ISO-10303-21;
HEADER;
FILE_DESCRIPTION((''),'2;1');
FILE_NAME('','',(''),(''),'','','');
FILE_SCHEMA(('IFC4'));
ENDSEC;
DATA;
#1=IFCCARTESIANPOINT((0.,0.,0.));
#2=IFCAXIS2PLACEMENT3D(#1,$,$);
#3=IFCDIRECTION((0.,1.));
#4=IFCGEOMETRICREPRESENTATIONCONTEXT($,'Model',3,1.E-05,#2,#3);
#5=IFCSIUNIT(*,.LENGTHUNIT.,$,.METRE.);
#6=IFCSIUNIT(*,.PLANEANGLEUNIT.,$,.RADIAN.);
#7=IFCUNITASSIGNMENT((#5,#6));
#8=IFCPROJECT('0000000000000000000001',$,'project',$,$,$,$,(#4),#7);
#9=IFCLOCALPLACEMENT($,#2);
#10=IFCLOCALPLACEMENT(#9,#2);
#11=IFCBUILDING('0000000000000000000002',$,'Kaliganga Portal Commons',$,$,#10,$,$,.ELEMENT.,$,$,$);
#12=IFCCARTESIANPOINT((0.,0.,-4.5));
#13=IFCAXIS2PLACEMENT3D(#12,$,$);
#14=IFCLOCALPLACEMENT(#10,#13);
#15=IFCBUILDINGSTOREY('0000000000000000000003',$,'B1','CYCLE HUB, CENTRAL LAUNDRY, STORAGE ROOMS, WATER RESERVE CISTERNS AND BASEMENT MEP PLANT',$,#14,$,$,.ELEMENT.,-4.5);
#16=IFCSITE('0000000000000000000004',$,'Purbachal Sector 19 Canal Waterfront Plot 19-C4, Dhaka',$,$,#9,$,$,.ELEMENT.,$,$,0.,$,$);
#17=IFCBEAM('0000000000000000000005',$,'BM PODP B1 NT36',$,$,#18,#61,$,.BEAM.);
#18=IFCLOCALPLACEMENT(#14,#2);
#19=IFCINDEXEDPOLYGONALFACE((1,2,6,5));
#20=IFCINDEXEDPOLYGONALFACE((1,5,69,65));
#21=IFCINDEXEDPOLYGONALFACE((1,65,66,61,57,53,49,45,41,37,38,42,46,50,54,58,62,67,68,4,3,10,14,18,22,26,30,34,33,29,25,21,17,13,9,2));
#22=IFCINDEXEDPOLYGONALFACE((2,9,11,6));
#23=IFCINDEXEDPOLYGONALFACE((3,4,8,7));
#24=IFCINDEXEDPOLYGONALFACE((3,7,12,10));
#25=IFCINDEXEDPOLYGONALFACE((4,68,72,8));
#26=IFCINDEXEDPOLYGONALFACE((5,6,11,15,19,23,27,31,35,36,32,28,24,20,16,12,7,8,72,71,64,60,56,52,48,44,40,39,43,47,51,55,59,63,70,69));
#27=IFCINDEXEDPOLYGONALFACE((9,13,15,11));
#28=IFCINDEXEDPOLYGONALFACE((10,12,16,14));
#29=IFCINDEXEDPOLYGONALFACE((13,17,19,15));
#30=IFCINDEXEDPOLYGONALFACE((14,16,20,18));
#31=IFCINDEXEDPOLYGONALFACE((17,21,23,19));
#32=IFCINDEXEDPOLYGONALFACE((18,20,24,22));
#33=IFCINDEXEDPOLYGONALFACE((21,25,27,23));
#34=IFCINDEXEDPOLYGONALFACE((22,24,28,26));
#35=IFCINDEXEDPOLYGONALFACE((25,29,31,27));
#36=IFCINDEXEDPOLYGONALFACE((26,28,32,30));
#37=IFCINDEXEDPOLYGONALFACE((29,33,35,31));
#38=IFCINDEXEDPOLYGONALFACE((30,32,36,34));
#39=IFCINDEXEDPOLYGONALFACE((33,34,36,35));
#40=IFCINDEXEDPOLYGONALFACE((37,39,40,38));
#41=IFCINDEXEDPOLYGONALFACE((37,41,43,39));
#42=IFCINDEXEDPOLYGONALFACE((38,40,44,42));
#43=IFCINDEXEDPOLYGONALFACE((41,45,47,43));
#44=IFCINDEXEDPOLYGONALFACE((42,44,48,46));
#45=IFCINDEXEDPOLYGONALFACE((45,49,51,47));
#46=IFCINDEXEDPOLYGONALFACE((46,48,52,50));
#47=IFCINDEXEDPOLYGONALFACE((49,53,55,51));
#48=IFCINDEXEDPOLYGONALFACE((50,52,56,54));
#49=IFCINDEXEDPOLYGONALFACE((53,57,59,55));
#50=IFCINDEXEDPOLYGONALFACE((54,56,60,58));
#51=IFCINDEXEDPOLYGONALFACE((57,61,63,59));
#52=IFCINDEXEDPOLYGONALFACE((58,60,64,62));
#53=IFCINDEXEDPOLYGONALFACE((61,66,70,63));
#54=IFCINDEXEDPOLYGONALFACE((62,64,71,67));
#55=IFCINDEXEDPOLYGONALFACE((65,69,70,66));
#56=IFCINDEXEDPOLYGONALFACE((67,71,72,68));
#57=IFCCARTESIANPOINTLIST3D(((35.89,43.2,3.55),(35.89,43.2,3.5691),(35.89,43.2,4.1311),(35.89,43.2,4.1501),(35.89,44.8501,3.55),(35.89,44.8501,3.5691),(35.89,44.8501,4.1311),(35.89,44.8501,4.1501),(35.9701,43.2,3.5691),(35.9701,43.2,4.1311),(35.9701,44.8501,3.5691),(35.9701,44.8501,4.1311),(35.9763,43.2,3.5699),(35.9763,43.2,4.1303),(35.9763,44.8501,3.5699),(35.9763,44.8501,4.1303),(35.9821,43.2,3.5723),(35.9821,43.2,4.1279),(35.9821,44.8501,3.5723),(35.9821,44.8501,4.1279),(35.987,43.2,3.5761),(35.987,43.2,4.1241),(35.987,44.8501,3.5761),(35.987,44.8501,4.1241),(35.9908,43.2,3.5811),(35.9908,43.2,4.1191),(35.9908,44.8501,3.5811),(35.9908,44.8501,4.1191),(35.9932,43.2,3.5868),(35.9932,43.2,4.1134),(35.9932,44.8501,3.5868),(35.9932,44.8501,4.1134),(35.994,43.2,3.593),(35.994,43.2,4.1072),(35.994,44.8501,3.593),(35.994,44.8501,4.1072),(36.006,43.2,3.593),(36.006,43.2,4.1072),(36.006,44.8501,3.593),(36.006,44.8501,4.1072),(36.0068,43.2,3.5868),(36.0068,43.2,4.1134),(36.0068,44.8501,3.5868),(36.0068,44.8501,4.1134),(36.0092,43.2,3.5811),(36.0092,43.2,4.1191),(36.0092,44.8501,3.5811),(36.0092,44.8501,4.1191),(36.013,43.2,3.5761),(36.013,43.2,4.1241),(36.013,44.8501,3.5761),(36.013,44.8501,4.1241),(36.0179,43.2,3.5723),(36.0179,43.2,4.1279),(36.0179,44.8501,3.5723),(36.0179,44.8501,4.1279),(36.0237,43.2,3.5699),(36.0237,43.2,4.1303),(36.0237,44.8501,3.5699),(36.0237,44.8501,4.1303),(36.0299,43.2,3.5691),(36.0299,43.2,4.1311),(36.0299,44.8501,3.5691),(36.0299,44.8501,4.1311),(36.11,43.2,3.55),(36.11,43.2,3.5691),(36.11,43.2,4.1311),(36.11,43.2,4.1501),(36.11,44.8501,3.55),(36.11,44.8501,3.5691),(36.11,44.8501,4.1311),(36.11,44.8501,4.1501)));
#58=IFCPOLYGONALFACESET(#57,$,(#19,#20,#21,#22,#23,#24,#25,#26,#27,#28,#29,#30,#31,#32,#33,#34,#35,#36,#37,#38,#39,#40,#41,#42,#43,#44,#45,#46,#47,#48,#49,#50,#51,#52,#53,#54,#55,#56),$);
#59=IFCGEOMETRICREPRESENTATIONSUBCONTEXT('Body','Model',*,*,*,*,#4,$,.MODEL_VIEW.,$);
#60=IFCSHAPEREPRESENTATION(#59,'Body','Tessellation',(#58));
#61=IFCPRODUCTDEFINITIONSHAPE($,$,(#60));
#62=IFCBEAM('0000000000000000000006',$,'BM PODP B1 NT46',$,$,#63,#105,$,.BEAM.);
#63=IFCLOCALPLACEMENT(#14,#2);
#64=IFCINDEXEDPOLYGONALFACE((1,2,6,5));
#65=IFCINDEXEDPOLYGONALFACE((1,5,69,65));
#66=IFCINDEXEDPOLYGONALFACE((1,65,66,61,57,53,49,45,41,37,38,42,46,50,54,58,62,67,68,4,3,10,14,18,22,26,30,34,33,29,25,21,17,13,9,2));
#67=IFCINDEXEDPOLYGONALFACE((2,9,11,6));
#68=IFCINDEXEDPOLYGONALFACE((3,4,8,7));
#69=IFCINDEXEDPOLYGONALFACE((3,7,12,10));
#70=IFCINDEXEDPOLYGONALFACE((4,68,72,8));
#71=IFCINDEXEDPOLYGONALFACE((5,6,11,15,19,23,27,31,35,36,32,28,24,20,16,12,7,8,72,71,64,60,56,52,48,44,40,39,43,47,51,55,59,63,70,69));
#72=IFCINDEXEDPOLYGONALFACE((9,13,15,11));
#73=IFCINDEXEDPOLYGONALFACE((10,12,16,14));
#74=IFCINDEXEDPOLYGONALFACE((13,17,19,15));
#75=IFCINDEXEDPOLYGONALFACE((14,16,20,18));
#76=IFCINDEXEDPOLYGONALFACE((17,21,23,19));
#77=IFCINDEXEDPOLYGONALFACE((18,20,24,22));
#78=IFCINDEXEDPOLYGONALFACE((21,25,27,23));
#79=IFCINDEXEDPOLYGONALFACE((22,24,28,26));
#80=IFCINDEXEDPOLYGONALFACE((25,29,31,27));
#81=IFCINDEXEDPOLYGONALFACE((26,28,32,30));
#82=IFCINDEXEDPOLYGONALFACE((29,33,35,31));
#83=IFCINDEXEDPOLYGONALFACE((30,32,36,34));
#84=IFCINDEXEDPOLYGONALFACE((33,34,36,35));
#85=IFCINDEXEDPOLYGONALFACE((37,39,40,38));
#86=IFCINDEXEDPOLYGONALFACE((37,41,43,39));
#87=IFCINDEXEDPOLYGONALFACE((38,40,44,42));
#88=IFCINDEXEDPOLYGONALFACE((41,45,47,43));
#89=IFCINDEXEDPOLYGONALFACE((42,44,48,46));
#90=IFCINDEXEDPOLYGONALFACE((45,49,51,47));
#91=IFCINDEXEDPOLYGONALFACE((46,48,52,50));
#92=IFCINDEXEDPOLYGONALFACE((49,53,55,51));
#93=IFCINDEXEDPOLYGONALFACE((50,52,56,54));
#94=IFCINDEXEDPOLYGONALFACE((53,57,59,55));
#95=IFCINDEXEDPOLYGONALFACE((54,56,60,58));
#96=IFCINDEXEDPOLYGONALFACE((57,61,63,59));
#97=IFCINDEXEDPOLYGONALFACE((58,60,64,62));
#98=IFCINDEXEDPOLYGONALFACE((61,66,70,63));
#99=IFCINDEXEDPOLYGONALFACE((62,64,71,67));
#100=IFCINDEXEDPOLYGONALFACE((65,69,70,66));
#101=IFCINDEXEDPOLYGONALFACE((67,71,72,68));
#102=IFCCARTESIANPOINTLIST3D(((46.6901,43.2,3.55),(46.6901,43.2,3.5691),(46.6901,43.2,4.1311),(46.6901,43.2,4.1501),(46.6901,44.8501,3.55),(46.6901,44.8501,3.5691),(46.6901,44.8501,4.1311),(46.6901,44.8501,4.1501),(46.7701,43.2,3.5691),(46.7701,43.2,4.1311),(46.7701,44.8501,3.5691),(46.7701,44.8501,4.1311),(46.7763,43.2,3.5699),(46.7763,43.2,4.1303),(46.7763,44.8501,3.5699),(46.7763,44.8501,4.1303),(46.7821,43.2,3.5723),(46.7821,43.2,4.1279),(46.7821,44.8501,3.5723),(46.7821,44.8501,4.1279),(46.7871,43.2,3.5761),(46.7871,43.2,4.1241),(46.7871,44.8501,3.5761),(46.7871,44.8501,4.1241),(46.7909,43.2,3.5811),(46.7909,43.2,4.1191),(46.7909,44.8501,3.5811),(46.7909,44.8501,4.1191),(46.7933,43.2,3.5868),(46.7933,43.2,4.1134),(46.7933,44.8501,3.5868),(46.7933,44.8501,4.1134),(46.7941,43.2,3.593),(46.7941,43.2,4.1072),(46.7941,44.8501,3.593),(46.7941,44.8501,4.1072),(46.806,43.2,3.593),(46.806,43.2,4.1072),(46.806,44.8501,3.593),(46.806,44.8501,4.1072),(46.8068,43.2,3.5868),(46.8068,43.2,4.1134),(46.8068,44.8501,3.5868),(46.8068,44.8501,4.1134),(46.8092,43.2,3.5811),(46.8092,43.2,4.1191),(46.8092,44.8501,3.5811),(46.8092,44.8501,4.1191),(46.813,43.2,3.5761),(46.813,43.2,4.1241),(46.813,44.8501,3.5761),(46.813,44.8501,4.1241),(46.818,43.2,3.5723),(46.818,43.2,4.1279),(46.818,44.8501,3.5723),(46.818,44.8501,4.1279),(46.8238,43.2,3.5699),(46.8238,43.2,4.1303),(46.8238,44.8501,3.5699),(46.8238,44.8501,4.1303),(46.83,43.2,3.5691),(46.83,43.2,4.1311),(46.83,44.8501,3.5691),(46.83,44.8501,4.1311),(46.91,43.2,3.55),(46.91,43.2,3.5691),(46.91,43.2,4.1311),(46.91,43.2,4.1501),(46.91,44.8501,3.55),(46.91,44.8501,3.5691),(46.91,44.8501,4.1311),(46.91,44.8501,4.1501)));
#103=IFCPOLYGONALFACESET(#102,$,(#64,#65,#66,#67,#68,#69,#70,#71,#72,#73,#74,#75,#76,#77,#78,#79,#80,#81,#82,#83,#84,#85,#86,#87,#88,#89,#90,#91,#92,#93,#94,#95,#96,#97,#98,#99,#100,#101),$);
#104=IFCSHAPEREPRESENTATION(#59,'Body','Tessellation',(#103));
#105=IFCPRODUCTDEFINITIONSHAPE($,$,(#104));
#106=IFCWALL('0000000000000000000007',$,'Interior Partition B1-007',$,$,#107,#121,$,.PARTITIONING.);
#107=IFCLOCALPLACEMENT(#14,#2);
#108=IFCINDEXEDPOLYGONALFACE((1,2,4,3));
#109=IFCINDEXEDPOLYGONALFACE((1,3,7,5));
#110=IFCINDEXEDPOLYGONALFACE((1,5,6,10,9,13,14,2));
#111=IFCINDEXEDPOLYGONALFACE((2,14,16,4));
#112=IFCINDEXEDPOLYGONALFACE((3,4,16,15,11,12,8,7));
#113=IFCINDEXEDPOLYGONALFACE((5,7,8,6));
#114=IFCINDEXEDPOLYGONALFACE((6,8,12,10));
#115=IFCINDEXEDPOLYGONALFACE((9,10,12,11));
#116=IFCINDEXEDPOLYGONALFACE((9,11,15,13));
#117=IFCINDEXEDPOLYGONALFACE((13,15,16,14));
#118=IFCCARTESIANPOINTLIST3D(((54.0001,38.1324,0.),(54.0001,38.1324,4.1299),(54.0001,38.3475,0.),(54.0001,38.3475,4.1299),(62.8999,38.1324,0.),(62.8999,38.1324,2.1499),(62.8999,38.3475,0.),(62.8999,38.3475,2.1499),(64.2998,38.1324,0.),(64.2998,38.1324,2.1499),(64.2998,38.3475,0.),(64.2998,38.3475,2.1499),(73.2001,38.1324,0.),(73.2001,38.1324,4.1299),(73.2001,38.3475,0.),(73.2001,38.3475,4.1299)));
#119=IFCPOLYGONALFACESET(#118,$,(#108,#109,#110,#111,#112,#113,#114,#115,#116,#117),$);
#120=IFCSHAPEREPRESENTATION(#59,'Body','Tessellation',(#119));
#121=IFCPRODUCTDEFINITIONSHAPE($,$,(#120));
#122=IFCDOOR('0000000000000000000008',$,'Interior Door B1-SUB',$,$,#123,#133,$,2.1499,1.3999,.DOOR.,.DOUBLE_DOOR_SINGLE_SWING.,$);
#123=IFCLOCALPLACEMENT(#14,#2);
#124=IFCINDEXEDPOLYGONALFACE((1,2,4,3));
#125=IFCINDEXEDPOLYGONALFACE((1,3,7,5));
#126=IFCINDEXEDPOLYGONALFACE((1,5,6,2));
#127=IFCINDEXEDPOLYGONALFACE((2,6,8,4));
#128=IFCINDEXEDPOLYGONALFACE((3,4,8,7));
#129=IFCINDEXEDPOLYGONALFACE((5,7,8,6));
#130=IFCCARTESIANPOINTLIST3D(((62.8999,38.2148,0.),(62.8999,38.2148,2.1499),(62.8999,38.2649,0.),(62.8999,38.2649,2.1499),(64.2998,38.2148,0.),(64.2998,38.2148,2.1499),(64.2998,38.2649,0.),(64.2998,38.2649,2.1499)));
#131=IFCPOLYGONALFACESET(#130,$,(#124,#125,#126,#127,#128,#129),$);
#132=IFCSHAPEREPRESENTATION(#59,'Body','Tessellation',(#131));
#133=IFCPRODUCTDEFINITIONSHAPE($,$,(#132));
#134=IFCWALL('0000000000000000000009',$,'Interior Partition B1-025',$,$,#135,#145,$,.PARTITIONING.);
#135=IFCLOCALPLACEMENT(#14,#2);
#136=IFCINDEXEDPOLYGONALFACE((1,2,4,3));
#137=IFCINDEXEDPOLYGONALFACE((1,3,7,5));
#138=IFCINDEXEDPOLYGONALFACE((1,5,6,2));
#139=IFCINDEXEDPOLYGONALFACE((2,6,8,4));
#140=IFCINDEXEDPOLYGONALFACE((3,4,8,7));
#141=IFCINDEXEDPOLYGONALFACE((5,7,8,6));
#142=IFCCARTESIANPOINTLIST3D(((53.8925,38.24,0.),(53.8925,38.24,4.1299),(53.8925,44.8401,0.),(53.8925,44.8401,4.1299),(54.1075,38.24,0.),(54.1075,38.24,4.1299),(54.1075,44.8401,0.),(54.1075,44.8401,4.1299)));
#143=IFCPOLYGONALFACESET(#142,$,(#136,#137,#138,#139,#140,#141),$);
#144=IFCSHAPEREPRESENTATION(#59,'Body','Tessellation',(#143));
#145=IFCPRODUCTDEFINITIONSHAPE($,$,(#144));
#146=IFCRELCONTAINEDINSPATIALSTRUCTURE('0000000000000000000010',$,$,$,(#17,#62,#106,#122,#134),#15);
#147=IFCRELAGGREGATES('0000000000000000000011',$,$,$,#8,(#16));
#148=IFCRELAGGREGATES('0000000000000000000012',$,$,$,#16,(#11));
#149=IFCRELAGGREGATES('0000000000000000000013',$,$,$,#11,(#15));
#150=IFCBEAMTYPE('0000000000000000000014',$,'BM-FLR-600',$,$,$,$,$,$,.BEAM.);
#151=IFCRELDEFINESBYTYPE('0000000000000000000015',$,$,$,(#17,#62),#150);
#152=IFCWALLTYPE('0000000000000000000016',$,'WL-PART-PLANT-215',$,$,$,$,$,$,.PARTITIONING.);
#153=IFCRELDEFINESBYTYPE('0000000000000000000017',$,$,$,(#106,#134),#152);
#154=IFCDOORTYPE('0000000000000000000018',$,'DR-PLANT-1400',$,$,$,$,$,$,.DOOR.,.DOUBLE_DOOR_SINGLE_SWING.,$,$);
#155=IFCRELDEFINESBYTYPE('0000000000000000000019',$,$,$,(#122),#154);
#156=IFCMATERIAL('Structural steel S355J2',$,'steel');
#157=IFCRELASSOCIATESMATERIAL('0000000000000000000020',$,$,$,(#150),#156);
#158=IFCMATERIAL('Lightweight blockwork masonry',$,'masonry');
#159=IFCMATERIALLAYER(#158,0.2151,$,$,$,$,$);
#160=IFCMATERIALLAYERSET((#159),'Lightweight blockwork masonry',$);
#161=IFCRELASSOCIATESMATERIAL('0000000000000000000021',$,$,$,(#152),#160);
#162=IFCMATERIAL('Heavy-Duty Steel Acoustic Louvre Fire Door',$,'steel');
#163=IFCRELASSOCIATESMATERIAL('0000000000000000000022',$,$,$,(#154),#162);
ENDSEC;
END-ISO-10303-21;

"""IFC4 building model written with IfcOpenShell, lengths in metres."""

from ifc_helpers import new_model, si_unit, direction, frame, frame_2d, origin, origin_2d, place, context, subcontext, project, spatial, rectangle, i_section, extrude, source, transform, mapped, material, layer, layer_set, material_profile, profile_set, type_object, element, fill, save


model = new_model("IFC4")

# Units and contexts
model_context = context("Model", 3, precision=1e-05, world=origin(), true_north=direction((0.0, 1.0)))
body_context = subcontext(model_context, "Body", "Model", "MODEL_VIEW")
ifc_project = project(units=[si_unit("LENGTHUNIT", "METRE"), si_unit("PLANEANGLEUNIT", "RADIAN")], contexts=[model_context])

# Site, building, storey
site_placement = place(None, origin())
site = spatial("IfcSite", under=ifc_project, at=site_placement, Name="Purbachal Sector 19 Canal Waterfront Plot 19-C4, Dhaka", CompositionType="ELEMENT", RefElevation=0.0)
building_placement = place(site_placement, origin())
building = spatial("IfcBuilding", under=site, at=building_placement, Name="Kaliganga Portal Commons", CompositionType="ELEMENT")
storey_placement = place(building_placement, frame((0.0, 0.0, -4.5)))
storey = spatial("IfcBuildingStorey", under=building, at=storey_placement, Name="B1", Description="CYCLE HUB, CENTRAL LAUNDRY, STORAGE ROOMS, WATER RESERVE CISTERNS AND BASEMENT MEP PLANT", CompositionType="ELEMENT", Elevation=-4.5)

# Beams
ifc_material_1 = material(Name="Structural steel S355J2", Category="steel")
ifc_material_profile_1 = material_profile(ifc_material_1, i_section(OverallWidth=0.22, OverallDepth=0.6001, WebThickness=0.012, FlangeThickness=0.019, FilletRadius=0.0239, at=origin_2d()), Name="IPE 600")
ifc_profile_set_1 = profile_set([ifc_material_profile_1], Name="Structural steel S355J2 wide-flange")
beam_type_1 = type_object("IfcBeamType", Name="BM-FLR-600", PredefinedType="BEAM", material=ifc_profile_set_1)
shared_shape_1 = source(origin(), body_context, "Body", "SweptSolid", [
    extrude(i_section(OverallWidth=0.22, OverallDepth=0.6001, WebThickness=0.012, FlangeThickness=0.019, FilletRadius=0.0239, at=origin_2d()), origin(), (0.0, 0.0, 1.0), 1.6501),
])
for number, where, z_axis, x_axis, name in (
    (1, (36.0, 43.2, 3.8501), (0.0, 1.0, 0.0), (-1.0, 0.0, 0.0), "BM PODP B1 NT36"),
    (2, (46.8, 43.2, 3.8501), (0.0, 1.0, 0.0), (-1.0, 0.0, 0.0), "BM PODP B1 NT46"),
):
    element("IfcBeam", number, at=place(storey_placement, frame(where, z_axis=z_axis, x_axis=x_axis)), inside=storey, type_object=beam_type_1, Name=name, PredefinedType="BEAM", context=body_context, shape_type="MappedRepresentation", body=[
        mapped(shared_shape_1, transform((0.0, 0.0, 0.0), x_axis=(1.0, 0.0, 0.0), y_axis=(0.0, 1.0, 0.0), z_axis=(0.0, 0.0, 1.0), scale=1.0)),
    ])

# Wall, opening, door
ifc_material_2 = material(Name="Lightweight blockwork masonry", Category="masonry")
ifc_layer = layer(ifc_material_2, 0.2151)
ifc_layer_set = layer_set([ifc_layer], Name="Lightweight blockwork masonry")
wall_type = type_object("IfcWallType", Name="WL-PART-PLANT-215", PredefinedType="PARTITIONING", material=ifc_layer_set)
wall_1_placement = place(storey_placement, frame((54.0, 38.24, 0.0), z_axis=(0.0, 0.0, 1.0), x_axis=(1.0, 0.0, 0.0)))
wall_1 = element("IfcWall", 3, at=wall_1_placement, inside=storey, type_object=wall_type, Name="Interior Partition B1-007", PredefinedType="PARTITIONING", context=body_context, shape_type="SweptSolid", body=[
    extrude(rectangle(XDim=19.2, YDim=0.2151, at=frame_2d((9.6001, 0.0))), origin(), (0.0, 0.0, 1.0), 4.1299),
])
opening_placement = place(wall_1_placement, frame((8.8999, 0.0, 0.0)))
opening = element("IfcOpeningElement", 4, at=opening_placement, cuts=wall_1, PredefinedType="OPENING", context=body_context, shape_type="SweptSolid", body=[
    extrude(rectangle(XDim=1.3999, YDim=2.1499, at=frame_2d((0.7, 1.075))), frame((0.0, 0.1177, 0.0), z_axis=(0.0, -1.0, 0.0), x_axis=(1.0, 0.0, 0.0)), (0.0, 0.0, 1.0), 0.2351),
])
ifc_material_3 = material(Name="Heavy-Duty Steel Acoustic Louvre Fire Door", Category="steel")
door_type = type_object("IfcDoorType", Name="DR-PLANT-1400", OperationType="DOUBLE_DOOR_SINGLE_SWING", PredefinedType="DOOR", material=ifc_material_3)
door_placement = place(opening_placement, origin())
door = element("IfcDoor", 5, at=door_placement, inside=storey, type_object=door_type, Name="Interior Door B1-SUB", OperationType="DOUBLE_DOOR_SINGLE_SWING", OverallHeight=2.1499, OverallWidth=1.3999, PredefinedType="DOOR", context=body_context, shape_type="SweptSolid", body=[
    extrude(rectangle(XDim=1.3999, YDim=2.1499, at=frame_2d((0.7, 1.075))), frame((0.0, 0.0249, 0.0), z_axis=(0.0, -1.0, 0.0), x_axis=(1.0, 0.0, 0.0)), (0.0, 0.0, 1.0), 0.05),
])
fill(opening, door)

# Wall
wall_2_placement = place(storey_placement, frame((54.0, 38.24, 0.0), z_axis=(0.0, 0.0, 1.0), x_axis=(0.0, 1.0, 0.0)))
element("IfcWall", 6, at=wall_2_placement, inside=storey, type_object=wall_type, Name="Interior Partition B1-025", PredefinedType="PARTITIONING", context=body_context, shape_type="SweptSolid", body=[
    extrude(rectangle(XDim=6.6001, YDim=0.2151, at=frame_2d((3.3, 0.0))), origin(), (0.0, 0.0, 1.0), 4.1299),
])

save(model, "model.ifc")
